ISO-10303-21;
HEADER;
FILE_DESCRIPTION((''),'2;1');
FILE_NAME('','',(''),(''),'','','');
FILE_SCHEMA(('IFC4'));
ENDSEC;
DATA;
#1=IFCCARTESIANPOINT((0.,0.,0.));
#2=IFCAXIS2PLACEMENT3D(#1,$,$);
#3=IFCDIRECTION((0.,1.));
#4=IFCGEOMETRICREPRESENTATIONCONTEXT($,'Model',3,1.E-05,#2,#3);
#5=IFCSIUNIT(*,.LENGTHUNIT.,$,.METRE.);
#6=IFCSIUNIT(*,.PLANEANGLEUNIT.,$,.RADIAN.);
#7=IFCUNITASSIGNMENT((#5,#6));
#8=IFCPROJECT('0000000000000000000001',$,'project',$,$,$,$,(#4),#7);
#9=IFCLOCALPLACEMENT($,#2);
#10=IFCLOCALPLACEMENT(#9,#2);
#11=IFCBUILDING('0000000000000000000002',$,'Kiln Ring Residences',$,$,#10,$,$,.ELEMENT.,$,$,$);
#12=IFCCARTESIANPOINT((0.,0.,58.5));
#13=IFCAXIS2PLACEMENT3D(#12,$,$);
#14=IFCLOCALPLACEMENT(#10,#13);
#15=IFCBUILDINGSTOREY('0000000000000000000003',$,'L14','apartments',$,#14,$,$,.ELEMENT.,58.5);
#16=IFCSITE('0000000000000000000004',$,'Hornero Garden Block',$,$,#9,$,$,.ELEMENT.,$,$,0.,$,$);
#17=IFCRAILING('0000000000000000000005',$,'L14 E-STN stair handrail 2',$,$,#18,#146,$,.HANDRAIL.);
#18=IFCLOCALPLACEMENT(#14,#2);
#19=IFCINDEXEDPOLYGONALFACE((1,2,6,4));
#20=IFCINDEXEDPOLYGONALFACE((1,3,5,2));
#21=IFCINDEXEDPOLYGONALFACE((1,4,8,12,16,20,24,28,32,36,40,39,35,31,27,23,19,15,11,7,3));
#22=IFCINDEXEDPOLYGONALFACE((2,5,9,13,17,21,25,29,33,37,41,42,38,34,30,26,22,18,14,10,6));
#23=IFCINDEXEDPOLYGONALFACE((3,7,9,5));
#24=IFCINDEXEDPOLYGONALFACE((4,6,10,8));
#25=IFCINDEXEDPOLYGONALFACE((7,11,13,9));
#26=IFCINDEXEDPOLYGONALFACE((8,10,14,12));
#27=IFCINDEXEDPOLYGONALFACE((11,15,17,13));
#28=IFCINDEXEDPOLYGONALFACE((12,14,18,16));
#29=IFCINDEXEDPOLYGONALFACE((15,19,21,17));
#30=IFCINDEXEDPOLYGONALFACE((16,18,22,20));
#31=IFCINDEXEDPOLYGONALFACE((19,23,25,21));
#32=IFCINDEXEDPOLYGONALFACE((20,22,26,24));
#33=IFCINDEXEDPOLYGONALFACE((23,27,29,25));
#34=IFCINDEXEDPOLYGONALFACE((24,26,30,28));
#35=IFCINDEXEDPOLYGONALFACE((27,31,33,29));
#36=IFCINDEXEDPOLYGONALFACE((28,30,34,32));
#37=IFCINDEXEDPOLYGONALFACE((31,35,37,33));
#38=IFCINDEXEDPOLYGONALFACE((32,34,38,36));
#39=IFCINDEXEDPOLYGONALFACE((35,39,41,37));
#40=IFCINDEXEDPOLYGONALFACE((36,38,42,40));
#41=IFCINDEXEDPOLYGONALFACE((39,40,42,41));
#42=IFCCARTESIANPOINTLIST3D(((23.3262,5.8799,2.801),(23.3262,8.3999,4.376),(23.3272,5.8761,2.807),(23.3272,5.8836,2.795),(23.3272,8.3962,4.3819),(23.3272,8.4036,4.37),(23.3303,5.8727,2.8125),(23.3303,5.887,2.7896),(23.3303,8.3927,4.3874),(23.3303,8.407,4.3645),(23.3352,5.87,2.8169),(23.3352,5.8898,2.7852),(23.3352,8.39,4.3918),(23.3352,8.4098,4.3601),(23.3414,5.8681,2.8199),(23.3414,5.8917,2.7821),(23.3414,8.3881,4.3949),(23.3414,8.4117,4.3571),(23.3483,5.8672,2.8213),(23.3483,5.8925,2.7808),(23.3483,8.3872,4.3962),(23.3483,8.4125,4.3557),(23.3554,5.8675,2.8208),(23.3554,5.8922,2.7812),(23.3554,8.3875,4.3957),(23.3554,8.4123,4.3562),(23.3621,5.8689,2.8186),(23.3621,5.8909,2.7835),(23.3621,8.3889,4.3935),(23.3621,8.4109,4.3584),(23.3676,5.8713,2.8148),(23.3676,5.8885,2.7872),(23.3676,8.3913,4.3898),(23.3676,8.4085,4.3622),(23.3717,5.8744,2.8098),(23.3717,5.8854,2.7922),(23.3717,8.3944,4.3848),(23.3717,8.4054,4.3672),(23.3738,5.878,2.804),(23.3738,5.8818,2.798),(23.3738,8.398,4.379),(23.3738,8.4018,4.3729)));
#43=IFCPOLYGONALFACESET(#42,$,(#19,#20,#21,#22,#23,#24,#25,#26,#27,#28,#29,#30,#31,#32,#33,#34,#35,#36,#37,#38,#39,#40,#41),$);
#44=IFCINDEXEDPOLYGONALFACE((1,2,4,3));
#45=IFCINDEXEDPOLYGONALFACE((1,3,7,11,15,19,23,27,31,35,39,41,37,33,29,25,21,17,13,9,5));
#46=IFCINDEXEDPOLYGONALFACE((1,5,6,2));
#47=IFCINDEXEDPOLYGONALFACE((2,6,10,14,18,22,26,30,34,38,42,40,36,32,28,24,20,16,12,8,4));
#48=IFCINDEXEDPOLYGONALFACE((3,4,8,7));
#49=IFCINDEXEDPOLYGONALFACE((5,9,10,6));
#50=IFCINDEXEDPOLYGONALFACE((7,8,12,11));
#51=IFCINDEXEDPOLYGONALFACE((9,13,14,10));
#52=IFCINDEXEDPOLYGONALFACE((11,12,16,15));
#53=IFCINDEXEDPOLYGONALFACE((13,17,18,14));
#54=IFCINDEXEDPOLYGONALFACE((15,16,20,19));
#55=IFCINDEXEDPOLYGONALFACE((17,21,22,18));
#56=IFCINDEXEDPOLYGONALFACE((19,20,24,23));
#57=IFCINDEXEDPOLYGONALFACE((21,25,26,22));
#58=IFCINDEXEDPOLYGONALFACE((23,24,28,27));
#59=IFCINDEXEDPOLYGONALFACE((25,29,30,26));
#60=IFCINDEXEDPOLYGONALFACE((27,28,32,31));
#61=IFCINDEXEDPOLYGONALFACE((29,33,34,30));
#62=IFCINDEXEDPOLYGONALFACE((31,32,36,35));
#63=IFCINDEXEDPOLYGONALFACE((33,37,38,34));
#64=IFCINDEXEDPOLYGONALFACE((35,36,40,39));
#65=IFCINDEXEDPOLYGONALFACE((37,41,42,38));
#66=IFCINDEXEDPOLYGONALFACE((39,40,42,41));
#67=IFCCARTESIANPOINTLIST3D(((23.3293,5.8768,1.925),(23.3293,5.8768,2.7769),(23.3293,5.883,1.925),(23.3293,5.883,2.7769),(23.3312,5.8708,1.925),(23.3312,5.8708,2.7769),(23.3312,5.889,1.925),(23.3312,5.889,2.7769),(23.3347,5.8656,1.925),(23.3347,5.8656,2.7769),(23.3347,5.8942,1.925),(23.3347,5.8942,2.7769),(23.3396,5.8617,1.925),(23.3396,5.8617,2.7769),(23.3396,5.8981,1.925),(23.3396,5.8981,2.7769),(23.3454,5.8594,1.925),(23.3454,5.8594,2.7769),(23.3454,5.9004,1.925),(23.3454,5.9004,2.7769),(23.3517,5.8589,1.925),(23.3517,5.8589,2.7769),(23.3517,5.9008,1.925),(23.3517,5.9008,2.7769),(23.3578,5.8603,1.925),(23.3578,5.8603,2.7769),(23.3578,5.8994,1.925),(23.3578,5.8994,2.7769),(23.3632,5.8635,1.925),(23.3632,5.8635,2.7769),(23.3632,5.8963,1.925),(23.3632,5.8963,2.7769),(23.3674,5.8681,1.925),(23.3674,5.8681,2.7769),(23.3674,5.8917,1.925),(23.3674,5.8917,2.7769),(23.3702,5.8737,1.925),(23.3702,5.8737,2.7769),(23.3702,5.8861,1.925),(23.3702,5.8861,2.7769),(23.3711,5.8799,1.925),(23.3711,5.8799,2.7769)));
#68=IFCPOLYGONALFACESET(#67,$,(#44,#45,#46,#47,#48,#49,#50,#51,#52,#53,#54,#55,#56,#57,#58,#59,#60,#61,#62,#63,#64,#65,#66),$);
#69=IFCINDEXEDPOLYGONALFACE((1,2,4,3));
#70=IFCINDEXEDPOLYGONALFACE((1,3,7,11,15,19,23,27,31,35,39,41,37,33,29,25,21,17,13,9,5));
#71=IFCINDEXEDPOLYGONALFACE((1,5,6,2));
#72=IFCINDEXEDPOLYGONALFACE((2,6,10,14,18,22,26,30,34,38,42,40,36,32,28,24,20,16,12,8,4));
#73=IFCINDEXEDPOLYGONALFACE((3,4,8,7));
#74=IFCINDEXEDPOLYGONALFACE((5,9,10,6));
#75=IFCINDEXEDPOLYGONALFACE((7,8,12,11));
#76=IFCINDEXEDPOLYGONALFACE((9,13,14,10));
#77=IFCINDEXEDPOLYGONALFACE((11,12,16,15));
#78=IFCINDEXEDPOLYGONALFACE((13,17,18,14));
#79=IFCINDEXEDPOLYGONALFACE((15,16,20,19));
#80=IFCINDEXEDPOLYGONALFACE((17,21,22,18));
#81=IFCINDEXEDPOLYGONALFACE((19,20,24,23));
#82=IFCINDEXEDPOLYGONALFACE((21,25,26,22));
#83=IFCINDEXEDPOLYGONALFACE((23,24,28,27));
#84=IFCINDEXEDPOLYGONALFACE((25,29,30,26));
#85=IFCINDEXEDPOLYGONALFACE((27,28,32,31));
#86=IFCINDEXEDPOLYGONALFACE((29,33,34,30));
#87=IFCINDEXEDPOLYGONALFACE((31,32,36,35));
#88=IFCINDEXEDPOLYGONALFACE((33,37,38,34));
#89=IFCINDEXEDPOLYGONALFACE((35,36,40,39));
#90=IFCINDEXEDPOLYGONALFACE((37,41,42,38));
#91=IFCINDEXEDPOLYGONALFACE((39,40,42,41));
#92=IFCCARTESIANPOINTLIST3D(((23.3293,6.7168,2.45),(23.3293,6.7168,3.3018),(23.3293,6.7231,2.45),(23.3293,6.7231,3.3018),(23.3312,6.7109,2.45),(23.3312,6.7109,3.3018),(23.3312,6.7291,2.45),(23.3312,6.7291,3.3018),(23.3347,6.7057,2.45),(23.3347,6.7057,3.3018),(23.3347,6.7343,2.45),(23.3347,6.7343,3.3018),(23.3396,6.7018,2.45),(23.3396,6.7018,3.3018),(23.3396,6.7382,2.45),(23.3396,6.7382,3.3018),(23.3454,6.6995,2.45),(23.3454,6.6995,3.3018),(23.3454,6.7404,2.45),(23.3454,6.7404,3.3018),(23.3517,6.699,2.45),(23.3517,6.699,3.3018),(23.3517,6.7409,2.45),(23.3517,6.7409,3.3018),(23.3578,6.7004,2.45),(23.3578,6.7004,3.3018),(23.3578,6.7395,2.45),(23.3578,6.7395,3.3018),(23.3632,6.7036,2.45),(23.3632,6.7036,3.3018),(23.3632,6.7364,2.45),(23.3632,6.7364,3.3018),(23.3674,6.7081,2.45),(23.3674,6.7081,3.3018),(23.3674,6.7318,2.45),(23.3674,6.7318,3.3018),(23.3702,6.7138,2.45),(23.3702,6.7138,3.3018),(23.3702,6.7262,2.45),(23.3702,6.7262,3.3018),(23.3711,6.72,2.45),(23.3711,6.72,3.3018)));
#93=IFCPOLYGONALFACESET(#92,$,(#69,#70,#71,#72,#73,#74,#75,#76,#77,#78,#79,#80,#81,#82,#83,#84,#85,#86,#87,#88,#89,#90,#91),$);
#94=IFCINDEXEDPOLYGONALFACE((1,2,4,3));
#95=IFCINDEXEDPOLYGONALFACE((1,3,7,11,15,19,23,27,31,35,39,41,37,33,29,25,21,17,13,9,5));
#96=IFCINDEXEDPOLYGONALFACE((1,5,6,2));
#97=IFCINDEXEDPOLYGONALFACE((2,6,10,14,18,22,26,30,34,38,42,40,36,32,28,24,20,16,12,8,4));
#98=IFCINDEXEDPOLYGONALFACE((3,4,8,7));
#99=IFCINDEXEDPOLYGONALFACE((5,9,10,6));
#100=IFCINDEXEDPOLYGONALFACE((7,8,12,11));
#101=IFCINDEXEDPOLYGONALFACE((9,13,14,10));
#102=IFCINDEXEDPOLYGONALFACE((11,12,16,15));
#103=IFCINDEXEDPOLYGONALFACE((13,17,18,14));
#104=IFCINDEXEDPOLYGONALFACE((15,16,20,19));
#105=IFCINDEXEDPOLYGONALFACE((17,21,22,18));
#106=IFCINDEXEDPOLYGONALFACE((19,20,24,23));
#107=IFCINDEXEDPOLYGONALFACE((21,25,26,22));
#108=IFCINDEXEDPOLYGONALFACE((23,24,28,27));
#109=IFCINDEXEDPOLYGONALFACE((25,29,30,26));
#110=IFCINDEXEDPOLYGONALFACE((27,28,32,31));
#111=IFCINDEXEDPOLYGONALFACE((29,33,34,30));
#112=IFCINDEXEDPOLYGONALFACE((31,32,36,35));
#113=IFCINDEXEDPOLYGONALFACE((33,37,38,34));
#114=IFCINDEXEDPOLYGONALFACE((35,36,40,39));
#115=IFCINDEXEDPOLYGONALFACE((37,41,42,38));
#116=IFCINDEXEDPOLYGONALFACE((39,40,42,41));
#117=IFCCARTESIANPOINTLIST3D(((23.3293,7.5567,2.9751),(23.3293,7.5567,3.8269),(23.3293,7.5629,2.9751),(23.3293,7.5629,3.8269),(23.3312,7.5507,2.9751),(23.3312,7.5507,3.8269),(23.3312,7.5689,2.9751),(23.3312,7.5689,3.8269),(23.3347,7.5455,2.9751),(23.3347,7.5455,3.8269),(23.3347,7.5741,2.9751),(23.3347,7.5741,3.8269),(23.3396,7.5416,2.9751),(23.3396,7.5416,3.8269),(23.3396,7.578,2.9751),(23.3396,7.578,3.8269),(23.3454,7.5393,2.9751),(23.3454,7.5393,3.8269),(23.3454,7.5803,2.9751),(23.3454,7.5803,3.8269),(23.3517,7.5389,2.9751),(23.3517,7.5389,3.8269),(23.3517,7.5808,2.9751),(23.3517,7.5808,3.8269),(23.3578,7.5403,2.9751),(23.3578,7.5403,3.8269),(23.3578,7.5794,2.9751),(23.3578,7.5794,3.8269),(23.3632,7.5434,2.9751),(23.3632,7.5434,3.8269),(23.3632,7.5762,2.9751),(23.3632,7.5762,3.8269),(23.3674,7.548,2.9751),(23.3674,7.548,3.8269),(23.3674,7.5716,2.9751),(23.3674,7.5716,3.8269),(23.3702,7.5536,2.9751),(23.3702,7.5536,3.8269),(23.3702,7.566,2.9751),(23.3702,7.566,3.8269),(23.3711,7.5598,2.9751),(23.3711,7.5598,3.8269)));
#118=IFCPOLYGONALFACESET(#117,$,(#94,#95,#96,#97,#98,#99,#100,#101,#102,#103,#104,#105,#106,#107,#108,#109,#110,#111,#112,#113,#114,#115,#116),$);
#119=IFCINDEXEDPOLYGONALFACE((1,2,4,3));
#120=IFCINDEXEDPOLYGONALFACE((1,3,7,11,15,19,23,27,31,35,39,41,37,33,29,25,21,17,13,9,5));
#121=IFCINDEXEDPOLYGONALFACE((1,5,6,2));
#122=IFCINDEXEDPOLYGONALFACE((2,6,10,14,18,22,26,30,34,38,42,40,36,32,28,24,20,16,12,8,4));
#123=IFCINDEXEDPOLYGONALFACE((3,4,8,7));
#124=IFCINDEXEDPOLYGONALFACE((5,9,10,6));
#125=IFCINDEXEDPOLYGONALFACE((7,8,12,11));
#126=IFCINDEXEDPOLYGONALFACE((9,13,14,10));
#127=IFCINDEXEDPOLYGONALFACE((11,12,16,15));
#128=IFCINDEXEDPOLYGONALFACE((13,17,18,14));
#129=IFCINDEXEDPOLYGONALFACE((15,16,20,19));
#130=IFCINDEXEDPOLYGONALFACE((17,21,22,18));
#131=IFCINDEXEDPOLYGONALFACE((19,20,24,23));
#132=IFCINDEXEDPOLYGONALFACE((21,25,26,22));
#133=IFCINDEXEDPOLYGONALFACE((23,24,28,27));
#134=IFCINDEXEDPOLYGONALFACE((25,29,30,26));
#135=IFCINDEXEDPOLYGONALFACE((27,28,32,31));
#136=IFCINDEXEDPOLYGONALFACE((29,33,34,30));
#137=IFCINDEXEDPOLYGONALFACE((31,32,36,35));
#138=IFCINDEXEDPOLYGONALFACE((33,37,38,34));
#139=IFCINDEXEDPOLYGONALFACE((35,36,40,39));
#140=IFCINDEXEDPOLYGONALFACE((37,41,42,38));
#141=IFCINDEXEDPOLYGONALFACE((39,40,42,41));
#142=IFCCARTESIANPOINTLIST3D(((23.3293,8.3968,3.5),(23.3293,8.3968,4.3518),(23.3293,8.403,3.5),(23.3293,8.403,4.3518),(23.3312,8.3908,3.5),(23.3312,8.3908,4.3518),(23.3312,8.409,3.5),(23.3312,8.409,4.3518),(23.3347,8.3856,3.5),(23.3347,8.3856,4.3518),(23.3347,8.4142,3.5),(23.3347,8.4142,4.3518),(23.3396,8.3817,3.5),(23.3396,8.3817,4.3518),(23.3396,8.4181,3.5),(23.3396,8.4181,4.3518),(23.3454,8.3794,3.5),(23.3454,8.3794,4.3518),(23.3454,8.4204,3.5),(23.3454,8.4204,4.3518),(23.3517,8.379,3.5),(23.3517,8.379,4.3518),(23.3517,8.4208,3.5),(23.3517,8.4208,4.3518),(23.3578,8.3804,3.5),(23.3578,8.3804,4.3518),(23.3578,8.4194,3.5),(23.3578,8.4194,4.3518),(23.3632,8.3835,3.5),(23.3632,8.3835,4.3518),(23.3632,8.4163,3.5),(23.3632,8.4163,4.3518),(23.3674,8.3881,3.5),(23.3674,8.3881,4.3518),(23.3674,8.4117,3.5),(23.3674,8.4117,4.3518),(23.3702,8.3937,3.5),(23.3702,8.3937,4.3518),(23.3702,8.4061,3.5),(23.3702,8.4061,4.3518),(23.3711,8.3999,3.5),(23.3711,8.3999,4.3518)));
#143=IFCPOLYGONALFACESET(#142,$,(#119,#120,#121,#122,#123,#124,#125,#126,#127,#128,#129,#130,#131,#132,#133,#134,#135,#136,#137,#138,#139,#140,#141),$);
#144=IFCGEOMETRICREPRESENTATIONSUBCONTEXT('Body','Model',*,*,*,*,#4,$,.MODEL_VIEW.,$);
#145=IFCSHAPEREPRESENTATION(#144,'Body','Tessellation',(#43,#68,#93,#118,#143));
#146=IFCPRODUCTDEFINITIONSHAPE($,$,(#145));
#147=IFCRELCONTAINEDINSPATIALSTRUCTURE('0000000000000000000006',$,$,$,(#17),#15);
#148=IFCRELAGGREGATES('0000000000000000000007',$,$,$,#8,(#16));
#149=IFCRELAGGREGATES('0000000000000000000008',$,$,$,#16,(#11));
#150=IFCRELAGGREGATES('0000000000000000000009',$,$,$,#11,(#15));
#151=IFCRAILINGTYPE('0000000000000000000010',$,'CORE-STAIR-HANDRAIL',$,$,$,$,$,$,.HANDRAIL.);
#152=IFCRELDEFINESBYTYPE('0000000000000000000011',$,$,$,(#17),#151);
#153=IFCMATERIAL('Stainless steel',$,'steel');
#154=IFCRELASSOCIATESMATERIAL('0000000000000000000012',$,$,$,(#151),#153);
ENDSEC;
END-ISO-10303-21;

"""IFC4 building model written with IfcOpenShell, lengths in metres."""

from ifc_helpers import new_model, si_unit, direction, frame, origin, origin_2d, place, context, subcontext, project, spatial, circle, extrude, material, type_object, element, save


model = new_model("IFC4")

# Units and contexts
model_context = context("Model", 3, precision=1e-05, world=origin(), true_north=direction((0.0, 1.0)))
body_context = subcontext(model_context, "Body", "Model", "MODEL_VIEW")
ifc_project = project(units=[si_unit("LENGTHUNIT", "METRE"), si_unit("PLANEANGLEUNIT", "RADIAN")], contexts=[model_context])

# Site, building, storey
site_placement = place(None, origin())
site = spatial("IfcSite", under=ifc_project, at=site_placement, Name="Hornero Garden Block", CompositionType="ELEMENT", RefElevation=0.0)
building_placement = place(site_placement, origin())
building = spatial("IfcBuilding", under=site, at=building_placement, Name="Kiln Ring Residences", CompositionType="ELEMENT")
storey_placement = place(building_placement, frame((0.0, 0.0, 58.5)))
storey = spatial("IfcBuildingStorey", under=building, at=storey_placement, Name="L14", Description="apartments", CompositionType="ELEMENT", Elevation=58.5)

# Railing
ifc_material_1 = material(Name="Stainless steel", Category="steel")
railing_type_1 = type_object("IfcRailingType", Name="CORE-STAIR-HANDRAIL", PredefinedType="HANDRAIL", material=ifc_material_1)
railing_1_placement = place(storey_placement, frame((23.3501, 5.8799, 1.925)))
element("IfcRailing", 1, at=railing_1_placement, inside=storey, type_object=railing_type_1, Name="L14 E-STN stair handrail 2", PredefinedType="HANDRAIL", context=body_context, shape_type="SweptSolid", body=[
    extrude(circle(Radius=0.0239, at=origin_2d()), frame((0.0, 0.0, 0.876), z_axis=(0.0, 0.848008, 0.529984), x_axis=(-1.0, 0.0, 0.0)), (0.0, 0.0, 1.0), 2.9717),
    extrude(circle(Radius=0.021, at=origin_2d()), origin(), (0.0, 0.0, 1.0), 0.8518),
    extrude(circle(Radius=0.021, at=origin_2d()), frame((0.0, 0.8401, 0.5249)), (0.0, 0.0, 1.0), 0.8518),
    extrude(circle(Radius=0.021, at=origin_2d()), frame((0.0, 1.6799, 1.05)), (0.0, 0.0, 1.0), 0.8518),
    extrude(circle(Radius=0.021, at=origin_2d()), frame((0.0, 2.52, 1.575)), (0.0, 0.0, 1.0), 0.8518),
])

save(model, "model.ifc")
